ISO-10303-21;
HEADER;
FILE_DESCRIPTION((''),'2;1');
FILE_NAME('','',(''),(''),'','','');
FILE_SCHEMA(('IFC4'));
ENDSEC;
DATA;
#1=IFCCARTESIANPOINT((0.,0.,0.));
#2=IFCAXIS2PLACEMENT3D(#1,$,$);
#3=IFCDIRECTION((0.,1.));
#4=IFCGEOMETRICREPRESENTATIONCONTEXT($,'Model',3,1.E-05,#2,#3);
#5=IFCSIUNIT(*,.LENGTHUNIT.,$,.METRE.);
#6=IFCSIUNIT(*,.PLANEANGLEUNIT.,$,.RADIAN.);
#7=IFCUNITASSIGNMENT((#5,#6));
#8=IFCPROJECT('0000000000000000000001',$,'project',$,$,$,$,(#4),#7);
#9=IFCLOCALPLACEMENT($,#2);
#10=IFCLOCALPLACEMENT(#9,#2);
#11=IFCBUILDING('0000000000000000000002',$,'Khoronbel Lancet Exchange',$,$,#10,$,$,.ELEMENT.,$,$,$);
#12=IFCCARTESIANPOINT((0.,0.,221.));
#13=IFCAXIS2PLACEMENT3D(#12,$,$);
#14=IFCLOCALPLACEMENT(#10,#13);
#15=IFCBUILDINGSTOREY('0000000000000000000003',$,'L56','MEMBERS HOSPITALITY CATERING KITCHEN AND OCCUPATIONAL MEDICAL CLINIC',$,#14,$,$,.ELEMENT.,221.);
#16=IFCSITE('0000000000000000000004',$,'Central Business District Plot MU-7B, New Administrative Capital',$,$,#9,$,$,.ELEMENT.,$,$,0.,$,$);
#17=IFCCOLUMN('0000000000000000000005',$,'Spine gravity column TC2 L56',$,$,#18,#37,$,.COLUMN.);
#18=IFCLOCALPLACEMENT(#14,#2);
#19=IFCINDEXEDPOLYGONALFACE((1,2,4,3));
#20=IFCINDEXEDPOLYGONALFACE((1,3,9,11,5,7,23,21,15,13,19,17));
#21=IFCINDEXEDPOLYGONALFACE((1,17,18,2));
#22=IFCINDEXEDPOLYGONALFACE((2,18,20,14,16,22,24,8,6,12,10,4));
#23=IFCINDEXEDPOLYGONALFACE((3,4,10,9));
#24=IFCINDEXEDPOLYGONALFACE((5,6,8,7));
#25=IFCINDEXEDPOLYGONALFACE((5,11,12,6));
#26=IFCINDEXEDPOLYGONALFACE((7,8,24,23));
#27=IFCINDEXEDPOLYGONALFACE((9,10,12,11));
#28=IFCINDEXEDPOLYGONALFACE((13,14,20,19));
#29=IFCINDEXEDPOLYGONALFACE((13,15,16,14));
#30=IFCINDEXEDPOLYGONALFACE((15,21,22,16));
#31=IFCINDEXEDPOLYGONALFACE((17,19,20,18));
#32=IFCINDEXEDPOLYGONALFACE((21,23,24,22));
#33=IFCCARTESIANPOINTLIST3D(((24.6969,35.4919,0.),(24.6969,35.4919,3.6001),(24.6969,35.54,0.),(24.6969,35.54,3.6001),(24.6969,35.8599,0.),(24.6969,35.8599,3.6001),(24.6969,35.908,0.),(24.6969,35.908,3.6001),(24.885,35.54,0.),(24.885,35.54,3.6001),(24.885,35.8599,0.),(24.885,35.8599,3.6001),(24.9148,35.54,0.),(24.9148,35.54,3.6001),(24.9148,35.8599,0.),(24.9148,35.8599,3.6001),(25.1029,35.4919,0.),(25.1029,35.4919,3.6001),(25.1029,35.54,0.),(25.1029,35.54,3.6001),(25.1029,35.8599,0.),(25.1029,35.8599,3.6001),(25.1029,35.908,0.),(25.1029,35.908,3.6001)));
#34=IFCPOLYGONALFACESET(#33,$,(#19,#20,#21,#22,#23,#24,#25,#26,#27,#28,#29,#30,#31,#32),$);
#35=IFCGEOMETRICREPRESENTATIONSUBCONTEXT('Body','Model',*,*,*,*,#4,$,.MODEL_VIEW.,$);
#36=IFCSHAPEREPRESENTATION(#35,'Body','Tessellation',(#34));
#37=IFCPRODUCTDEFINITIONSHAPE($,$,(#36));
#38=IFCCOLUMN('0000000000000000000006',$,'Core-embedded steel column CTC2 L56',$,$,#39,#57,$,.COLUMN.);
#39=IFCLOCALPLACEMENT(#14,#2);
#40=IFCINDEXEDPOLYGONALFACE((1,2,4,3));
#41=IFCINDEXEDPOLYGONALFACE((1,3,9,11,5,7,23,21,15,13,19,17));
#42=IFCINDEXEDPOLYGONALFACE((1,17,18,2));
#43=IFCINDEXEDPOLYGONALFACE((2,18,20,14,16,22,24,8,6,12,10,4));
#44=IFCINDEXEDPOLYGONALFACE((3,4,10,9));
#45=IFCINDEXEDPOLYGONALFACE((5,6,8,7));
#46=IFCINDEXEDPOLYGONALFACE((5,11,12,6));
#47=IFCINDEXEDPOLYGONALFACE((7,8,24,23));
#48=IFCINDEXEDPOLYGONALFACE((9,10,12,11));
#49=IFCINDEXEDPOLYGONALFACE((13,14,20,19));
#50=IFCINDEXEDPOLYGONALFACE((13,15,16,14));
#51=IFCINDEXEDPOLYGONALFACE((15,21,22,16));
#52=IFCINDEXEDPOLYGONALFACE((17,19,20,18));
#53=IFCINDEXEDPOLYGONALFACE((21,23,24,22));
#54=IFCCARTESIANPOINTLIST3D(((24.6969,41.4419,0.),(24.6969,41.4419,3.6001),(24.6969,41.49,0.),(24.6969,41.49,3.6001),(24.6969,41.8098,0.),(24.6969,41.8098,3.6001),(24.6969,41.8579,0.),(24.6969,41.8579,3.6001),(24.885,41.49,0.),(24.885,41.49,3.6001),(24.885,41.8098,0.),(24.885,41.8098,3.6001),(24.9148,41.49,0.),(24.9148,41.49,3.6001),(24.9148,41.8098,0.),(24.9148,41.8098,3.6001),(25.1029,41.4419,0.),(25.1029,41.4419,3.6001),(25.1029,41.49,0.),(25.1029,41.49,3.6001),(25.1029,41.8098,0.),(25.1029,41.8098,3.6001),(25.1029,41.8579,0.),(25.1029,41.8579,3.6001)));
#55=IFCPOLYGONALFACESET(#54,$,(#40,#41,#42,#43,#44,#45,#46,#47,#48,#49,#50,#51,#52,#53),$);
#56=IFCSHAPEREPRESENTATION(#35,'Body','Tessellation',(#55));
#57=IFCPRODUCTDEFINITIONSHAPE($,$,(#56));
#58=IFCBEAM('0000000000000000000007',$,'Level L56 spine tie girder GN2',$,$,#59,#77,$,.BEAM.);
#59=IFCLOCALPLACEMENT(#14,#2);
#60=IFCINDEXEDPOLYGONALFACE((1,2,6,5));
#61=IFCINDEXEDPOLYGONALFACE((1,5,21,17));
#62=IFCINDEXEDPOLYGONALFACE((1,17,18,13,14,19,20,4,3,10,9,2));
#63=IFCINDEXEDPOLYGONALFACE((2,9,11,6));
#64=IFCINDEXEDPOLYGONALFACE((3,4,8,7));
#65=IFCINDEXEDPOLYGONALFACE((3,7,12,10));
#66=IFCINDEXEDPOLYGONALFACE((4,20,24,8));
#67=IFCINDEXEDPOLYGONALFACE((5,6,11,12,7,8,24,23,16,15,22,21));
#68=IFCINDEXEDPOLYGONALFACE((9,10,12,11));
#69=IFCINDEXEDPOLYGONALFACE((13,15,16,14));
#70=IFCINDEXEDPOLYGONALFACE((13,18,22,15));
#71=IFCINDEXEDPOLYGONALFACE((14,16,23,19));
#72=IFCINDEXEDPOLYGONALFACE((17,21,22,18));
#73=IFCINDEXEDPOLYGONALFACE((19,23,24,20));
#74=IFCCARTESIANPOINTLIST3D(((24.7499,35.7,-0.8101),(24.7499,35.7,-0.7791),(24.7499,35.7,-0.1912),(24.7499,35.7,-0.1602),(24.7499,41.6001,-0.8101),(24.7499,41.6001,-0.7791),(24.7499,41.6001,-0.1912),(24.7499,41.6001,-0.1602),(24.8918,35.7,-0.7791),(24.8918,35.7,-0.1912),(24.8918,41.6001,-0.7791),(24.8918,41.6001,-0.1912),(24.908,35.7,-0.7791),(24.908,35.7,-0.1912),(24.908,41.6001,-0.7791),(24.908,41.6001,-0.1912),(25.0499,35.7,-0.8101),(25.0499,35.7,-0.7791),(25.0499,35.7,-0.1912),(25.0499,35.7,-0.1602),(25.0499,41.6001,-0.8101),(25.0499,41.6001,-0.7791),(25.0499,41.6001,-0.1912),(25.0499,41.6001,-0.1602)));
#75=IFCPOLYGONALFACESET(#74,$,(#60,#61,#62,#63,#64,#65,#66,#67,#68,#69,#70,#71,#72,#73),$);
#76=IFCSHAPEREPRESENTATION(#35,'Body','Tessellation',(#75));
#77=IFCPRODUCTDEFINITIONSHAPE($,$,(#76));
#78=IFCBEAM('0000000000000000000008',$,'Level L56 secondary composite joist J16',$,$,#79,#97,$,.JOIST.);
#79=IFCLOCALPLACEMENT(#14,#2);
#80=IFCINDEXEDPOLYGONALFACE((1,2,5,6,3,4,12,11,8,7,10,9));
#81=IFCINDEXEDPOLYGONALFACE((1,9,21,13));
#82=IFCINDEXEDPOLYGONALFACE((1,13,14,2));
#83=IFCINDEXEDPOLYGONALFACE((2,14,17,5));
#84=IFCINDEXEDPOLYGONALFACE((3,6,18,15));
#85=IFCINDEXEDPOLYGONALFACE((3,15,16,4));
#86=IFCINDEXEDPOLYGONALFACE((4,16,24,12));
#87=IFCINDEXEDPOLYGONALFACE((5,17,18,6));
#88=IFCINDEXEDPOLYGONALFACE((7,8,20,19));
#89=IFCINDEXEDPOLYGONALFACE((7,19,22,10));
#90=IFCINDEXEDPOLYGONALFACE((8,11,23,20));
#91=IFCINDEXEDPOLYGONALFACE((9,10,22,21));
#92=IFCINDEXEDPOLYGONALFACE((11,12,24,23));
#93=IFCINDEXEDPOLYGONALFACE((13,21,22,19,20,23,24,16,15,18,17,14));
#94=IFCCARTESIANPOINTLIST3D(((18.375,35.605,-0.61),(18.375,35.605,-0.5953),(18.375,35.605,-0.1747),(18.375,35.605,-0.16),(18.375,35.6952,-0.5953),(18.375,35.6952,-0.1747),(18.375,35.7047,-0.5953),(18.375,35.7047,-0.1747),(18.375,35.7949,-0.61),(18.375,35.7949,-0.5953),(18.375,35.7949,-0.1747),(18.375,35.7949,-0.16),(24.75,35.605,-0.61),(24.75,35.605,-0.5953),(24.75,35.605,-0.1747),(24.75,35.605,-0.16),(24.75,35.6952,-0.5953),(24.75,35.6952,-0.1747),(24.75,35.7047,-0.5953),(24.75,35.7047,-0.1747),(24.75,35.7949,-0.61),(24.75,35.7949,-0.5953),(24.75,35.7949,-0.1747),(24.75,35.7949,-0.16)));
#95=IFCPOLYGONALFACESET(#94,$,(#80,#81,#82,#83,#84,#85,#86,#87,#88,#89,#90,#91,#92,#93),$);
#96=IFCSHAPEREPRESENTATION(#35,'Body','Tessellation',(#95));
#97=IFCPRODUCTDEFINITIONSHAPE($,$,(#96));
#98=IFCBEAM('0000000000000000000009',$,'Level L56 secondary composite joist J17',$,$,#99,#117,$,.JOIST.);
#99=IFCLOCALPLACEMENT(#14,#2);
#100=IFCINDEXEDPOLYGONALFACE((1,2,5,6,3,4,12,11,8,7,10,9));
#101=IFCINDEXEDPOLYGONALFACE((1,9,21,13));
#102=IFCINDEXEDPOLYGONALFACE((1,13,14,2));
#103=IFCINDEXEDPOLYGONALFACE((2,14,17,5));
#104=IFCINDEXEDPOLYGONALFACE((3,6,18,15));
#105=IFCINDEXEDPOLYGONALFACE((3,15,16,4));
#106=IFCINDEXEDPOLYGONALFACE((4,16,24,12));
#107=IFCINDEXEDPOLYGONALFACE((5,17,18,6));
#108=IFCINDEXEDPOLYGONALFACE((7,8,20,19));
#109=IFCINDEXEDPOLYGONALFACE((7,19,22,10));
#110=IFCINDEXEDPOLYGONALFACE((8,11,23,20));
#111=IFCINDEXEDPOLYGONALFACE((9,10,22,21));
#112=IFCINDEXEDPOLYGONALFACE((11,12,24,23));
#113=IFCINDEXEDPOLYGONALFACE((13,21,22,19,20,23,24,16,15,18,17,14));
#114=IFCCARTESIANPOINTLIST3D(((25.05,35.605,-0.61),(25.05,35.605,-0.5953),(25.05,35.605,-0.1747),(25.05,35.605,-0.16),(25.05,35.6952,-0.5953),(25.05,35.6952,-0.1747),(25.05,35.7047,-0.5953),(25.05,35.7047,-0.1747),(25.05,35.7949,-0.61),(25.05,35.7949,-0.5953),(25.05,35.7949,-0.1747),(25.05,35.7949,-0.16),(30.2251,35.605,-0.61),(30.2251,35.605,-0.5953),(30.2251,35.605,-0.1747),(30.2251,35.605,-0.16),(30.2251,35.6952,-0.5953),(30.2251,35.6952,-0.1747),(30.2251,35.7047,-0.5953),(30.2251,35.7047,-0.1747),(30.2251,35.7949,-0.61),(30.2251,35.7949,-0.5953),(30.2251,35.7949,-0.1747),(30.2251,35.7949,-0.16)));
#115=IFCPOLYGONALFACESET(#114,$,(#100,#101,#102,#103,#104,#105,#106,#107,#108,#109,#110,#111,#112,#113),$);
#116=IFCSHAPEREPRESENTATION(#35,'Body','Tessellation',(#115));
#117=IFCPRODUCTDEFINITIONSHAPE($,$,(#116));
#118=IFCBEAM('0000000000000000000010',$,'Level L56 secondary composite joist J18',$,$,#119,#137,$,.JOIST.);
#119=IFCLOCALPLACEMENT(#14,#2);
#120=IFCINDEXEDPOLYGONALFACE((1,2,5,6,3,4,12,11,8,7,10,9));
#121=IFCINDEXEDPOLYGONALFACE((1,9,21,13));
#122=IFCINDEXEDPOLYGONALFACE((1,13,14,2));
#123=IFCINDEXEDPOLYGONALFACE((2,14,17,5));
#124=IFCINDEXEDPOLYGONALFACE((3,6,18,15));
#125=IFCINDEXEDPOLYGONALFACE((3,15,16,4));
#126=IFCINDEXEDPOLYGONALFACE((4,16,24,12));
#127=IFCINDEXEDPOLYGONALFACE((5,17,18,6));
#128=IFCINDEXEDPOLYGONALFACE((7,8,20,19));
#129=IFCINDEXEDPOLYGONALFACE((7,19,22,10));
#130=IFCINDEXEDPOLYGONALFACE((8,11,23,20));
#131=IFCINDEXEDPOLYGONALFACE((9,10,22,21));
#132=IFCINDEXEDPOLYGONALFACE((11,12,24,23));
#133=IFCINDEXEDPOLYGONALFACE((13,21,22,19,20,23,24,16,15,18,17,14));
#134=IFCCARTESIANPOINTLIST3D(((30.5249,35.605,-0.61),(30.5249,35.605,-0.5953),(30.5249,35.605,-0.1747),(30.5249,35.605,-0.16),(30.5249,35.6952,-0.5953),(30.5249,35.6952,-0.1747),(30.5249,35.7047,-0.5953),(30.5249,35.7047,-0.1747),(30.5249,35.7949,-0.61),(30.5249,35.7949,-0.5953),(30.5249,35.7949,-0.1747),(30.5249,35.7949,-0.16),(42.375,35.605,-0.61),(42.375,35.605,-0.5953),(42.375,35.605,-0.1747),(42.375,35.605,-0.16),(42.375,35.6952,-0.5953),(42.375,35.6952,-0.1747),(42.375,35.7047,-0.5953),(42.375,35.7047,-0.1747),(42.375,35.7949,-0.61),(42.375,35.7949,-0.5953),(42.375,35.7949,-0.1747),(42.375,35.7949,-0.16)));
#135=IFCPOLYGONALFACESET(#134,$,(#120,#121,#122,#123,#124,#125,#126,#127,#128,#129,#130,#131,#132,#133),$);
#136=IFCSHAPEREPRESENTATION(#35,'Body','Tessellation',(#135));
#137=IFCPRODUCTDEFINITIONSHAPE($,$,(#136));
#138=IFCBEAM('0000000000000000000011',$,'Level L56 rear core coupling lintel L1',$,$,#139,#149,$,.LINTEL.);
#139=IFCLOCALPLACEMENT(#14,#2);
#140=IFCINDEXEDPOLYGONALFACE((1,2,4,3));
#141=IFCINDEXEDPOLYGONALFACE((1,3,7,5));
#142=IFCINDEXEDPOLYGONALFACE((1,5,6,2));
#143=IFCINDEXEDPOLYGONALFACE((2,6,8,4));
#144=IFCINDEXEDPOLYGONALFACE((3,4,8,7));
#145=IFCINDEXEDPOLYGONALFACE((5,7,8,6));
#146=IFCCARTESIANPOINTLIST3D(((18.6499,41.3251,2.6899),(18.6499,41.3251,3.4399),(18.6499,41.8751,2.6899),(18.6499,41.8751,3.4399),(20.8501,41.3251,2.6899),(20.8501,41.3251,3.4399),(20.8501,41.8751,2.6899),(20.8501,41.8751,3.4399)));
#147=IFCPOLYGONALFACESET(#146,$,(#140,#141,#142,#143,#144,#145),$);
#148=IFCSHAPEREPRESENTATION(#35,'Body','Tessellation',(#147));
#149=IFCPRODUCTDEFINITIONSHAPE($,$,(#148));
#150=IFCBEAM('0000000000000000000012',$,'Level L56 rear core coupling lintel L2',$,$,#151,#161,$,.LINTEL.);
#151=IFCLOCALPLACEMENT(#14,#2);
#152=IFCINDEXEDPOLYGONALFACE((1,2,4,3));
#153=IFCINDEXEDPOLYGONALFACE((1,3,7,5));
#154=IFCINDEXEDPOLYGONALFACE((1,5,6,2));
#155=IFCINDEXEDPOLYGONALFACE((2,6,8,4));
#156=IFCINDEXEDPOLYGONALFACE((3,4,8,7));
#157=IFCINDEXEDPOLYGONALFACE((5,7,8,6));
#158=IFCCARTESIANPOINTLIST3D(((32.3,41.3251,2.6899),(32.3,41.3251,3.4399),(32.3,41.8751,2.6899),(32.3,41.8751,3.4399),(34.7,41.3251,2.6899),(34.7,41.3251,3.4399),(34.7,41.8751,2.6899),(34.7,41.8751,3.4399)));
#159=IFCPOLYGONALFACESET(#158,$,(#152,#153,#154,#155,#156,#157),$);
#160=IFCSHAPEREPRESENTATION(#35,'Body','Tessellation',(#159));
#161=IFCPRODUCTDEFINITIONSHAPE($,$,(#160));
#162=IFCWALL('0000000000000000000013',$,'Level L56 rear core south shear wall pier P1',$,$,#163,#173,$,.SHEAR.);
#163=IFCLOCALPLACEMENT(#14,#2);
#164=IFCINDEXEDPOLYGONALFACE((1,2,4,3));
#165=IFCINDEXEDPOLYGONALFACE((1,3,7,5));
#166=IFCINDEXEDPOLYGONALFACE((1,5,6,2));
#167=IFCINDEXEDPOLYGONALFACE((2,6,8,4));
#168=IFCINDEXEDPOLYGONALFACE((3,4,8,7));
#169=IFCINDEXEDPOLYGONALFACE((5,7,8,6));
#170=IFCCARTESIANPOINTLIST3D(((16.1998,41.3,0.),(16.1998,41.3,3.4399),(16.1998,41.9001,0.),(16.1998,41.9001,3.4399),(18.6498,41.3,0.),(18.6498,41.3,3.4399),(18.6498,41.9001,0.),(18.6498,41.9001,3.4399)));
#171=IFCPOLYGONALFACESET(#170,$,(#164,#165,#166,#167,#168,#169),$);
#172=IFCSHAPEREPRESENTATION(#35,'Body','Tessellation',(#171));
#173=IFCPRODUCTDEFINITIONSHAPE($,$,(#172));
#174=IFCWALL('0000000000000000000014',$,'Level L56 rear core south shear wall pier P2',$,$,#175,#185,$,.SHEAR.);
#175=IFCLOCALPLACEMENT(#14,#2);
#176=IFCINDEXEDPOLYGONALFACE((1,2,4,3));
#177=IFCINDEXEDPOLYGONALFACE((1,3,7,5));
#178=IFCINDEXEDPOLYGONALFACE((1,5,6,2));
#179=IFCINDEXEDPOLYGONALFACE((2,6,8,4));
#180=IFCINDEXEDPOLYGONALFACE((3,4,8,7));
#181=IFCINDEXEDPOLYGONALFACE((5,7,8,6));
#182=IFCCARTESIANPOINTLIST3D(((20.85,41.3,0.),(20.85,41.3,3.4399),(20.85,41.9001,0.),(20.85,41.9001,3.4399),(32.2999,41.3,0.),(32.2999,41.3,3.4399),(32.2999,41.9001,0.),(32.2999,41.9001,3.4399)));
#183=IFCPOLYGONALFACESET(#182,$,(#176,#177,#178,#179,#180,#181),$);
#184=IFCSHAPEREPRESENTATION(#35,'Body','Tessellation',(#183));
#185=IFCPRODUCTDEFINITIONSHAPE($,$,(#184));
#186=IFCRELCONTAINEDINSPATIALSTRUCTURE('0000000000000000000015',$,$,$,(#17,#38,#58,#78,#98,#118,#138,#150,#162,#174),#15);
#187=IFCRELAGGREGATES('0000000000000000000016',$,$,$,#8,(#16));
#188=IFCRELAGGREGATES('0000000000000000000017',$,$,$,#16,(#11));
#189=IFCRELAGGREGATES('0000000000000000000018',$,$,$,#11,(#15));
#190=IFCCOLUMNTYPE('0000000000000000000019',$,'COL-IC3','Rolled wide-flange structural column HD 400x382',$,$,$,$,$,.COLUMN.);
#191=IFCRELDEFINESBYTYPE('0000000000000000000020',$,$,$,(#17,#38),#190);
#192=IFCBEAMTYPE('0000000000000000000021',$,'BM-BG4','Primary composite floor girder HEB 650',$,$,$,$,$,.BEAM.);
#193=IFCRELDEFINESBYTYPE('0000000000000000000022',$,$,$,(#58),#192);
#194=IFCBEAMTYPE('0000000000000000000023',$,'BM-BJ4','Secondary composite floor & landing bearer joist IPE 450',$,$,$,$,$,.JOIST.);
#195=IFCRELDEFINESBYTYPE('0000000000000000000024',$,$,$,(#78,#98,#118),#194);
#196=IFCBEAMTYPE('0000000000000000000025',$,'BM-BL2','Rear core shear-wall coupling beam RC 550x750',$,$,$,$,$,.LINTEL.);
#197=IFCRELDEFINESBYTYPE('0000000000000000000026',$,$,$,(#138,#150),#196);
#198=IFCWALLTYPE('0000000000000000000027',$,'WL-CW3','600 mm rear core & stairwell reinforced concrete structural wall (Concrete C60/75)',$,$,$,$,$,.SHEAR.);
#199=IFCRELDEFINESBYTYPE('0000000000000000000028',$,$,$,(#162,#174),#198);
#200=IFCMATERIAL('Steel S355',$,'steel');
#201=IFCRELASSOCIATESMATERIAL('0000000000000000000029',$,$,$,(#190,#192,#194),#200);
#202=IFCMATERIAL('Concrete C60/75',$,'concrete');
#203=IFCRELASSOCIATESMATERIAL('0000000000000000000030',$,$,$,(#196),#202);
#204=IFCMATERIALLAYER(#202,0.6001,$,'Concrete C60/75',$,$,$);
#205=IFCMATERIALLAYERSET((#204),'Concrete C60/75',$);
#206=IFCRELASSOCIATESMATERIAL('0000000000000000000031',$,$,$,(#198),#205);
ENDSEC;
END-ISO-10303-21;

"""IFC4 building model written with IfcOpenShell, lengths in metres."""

from ifc_helpers import new_model, si_unit, direction, frame, frame_2d, origin, origin_2d, place, context, subcontext, project, spatial, rectangle, i_section, extrude, material, layer, layer_set, material_profile, profile_set, type_object, element, save


model = new_model("IFC4")

# Units and contexts
model_context = context("Model", 3, precision=1e-05, world=origin(), true_north=direction((0.0, 1.0)))
body_context = subcontext(model_context, "Body", "Model", "MODEL_VIEW")
ifc_project = project(units=[si_unit("LENGTHUNIT", "METRE"), si_unit("PLANEANGLEUNIT", "RADIAN")], contexts=[model_context])

# Site, building, storey
site_placement = place(None, origin())
site = spatial("IfcSite", under=ifc_project, at=site_placement, Name="Central Business District Plot MU-7B, New Administrative Capital", CompositionType="ELEMENT", RefElevation=0.0)
building_placement = place(site_placement, origin())
building = spatial("IfcBuilding", under=site, at=building_placement, Name="Khoronbel Lancet Exchange", CompositionType="ELEMENT")
storey_placement = place(building_placement, frame((0.0, 0.0, 221.0)))
storey = spatial("IfcBuildingStorey", under=building, at=storey_placement, Name="L56", Description="MEMBERS HOSPITALITY CATERING KITCHEN AND OCCUPATIONAL MEDICAL CLINIC", CompositionType="ELEMENT", Elevation=221.0)

# Columns
ifc_material_1 = material(Name="Steel S355", Category="steel")
ifc_material_profile_1 = material_profile(ifc_material_1, i_section(OverallWidth=0.406, OverallDepth=0.416, WebThickness=0.0298, FlangeThickness=0.0481, at=origin_2d()), Name="HD 400x382")
ifc_profile_set_1 = profile_set([ifc_material_profile_1], Name="Steel S355")
column_type = type_object("IfcColumnType", Name="COL-IC3", Description="Rolled wide-flange structural column HD 400x382", PredefinedType="COLUMN", material=ifc_profile_set_1)
for number, where, z_axis, x_axis, name in (
    (1, (24.8999, 35.7, 0.0), (0.0, 0.0, 1.0), (1.0, 0.0, 0.0), "Spine gravity column TC2 L56"),
    (2, (24.8999, 41.6499, 0.0), (0.0, 0.0, 1.0), (1.0, 0.0, 0.0), "Core-embedded steel column CTC2 L56"),
):
    element("IfcColumn", number, at=place(storey_placement, frame(where, z_axis=z_axis, x_axis=x_axis)), inside=storey, type_object=column_type, Name=name, PredefinedType="COLUMN", context=body_context, shape_type="SweptSolid", body=[
        extrude(i_section(OverallWidth=0.406, OverallDepth=0.416, WebThickness=0.0298, FlangeThickness=0.0481, at=origin_2d()), origin(), (0.0, 0.0, 1.0), 3.6001),
    ])

# Beams
ifc_material_profile_2 = material_profile(ifc_material_1, i_section(OverallWidth=0.3, OverallDepth=0.6499, WebThickness=0.0161, FlangeThickness=0.031, at=origin_2d()), Name="HEB 650")
ifc_profile_set_2 = profile_set([ifc_material_profile_2], Name="Steel S355")
beam_type_1 = type_object("IfcBeamType", Name="BM-BG4", Description="Primary composite floor girder HEB 650", PredefinedType="BEAM", material=ifc_profile_set_2)
beam_1_placement = place(storey_placement, frame((24.8999, 35.7, -0.4851), z_axis=(0.0, 1.0, 0.0), x_axis=(-1.0, 0.0, 0.0)))
element("IfcBeam", 3, at=beam_1_placement, inside=storey, type_object=beam_type_1, Name="Level L56 spine tie girder GN2", PredefinedType="BEAM", context=body_context, shape_type="SweptSolid", body=[
    extrude(i_section(OverallWidth=0.3, OverallDepth=0.6499, WebThickness=0.0161, FlangeThickness=0.031, at=origin_2d()), origin(), (0.0, 0.0, 1.0), 5.9001),
])
ifc_material_profile_3 = material_profile(ifc_material_1, i_section(OverallWidth=0.1899, OverallDepth=0.45, WebThickness=0.0095, FlangeThickness=0.0146, at=origin_2d()), Name="IPE 450")
ifc_profile_set_3 = profile_set([ifc_material_profile_3], Name="Steel S355")
beam_type_2 = type_object("IfcBeamType", Name="BM-BJ4", Description="Secondary composite floor & landing bearer joist IPE 450", PredefinedType="JOIST", material=ifc_profile_set_3)
beam_2_placement = place(storey_placement, frame((18.375, 35.7, -0.385), z_axis=(1.0, 0.0, 0.0), x_axis=(0.0, 1.0, 0.0)))
element("IfcBeam", 4, at=beam_2_placement, inside=storey, type_object=beam_type_2, Name="Level L56 secondary composite joist J16", PredefinedType="JOIST", context=body_context, shape_type="SweptSolid", body=[
    extrude(i_section(OverallWidth=0.1899, OverallDepth=0.45, WebThickness=0.0095, FlangeThickness=0.0146, at=origin_2d()), origin(), (0.0, 0.0, 1.0), 6.375),
])
beam_3_placement = place(storey_placement, frame((25.05, 35.7, -0.385), z_axis=(1.0, 0.0, 0.0), x_axis=(0.0, 1.0, 0.0)))
element("IfcBeam", 5, at=beam_3_placement, inside=storey, type_object=beam_type_2, Name="Level L56 secondary composite joist J17", PredefinedType="JOIST", context=body_context, shape_type="SweptSolid", body=[
    extrude(i_section(OverallWidth=0.1899, OverallDepth=0.45, WebThickness=0.0095, FlangeThickness=0.0146, at=origin_2d()), origin(), (0.0, 0.0, 1.0), 5.175),
])
beam_4_placement = place(storey_placement, frame((30.5249, 35.7, -0.385), z_axis=(1.0, 0.0, 0.0), x_axis=(0.0, 1.0, 0.0)))
element("IfcBeam", 6, at=beam_4_placement, inside=storey, type_object=beam_type_2, Name="Level L56 secondary composite joist J18", PredefinedType="JOIST", context=body_context, shape_type="SweptSolid", body=[
    extrude(i_section(OverallWidth=0.1899, OverallDepth=0.45, WebThickness=0.0095, FlangeThickness=0.0146, at=origin_2d()), origin(), (0.0, 0.0, 1.0), 11.8501),
])
ifc_material_2 = material(Name="Concrete C60/75", Category="concrete")
ifc_material_profile_4 = material_profile(ifc_material_2, rectangle(XDim=0.55, YDim=0.75, at=origin_2d()), Name="RC 550x750")
ifc_profile_set_4 = profile_set([ifc_material_profile_4], Name="Concrete C60/75")
beam_type_3 = type_object("IfcBeamType", Name="BM-BL2", Description="Rear core shear-wall coupling beam RC 550x750", PredefinedType="LINTEL", material=ifc_profile_set_4)
beam_5_placement = place(storey_placement, frame((18.6499, 41.6001, 3.0649), z_axis=(1.0, 0.0, 0.0), x_axis=(0.0, 1.0, 0.0)))
element("IfcBeam", 7, at=beam_5_placement, inside=storey, type_object=beam_type_3, Name="Level L56 rear core coupling lintel L1", PredefinedType="LINTEL", context=body_context, shape_type="SweptSolid", body=[
    extrude(rectangle(XDim=0.55, YDim=0.75, at=origin_2d()), origin(), (0.0, 0.0, 1.0), 2.2002),
])
beam_6_placement = place(storey_placement, frame((32.3, 41.6001, 3.0649), z_axis=(1.0, 0.0, 0.0), x_axis=(0.0, 1.0, 0.0)))
element("IfcBeam", 8, at=beam_6_placement, inside=storey, type_object=beam_type_3, Name="Level L56 rear core coupling lintel L2", PredefinedType="LINTEL", context=body_context, shape_type="SweptSolid", body=[
    extrude(rectangle(XDim=0.55, YDim=0.75, at=origin_2d()), origin(), (0.0, 0.0, 1.0), 2.3999),
])

# Walls
ifc_layer_1 = layer(ifc_material_2, 0.6001, Name="Concrete C60/75")
ifc_layer_set_1 = layer_set([ifc_layer_1], Name="Concrete C60/75")
wall_type_1 = type_object("IfcWallType", Name="WL-CW3", Description="600 mm rear core & stairwell reinforced concrete structural wall (Concrete C60/75)", PredefinedType="SHEAR", material=ifc_layer_set_1)
wall_1_placement = place(storey_placement, frame((18.6499, 41.6001, 0.0), z_axis=(0.0, 0.0, 1.0), x_axis=(-1.0, 0.0, 0.0)))
element("IfcWall", 9, at=wall_1_placement, inside=storey, type_object=wall_type_1, Name="Level L56 rear core south shear wall pier P1", PredefinedType="SHEAR", context=body_context, shape_type="SweptSolid", body=[
    extrude(rectangle(XDim=2.45, YDim=0.6001, at=frame_2d((1.2251, 0.0))), origin(), (0.0, 0.0, 1.0), 3.4399),
])
wall_2_placement = place(storey_placement, frame((32.3, 41.6001, 0.0), z_axis=(0.0, 0.0, 1.0), x_axis=(-1.0, 0.0, 0.0)))
element("IfcWall", 10, at=wall_2_placement, inside=storey, type_object=wall_type_1, Name="Level L56 rear core south shear wall pier P2", PredefinedType="SHEAR", context=body_context, shape_type="SweptSolid", body=[
    extrude(rectangle(XDim=11.45, YDim=0.6001, at=frame_2d((5.7251, 0.0))), origin(), (0.0, 0.0, 1.0), 3.4399),
])

save(model, "model.ifc")
